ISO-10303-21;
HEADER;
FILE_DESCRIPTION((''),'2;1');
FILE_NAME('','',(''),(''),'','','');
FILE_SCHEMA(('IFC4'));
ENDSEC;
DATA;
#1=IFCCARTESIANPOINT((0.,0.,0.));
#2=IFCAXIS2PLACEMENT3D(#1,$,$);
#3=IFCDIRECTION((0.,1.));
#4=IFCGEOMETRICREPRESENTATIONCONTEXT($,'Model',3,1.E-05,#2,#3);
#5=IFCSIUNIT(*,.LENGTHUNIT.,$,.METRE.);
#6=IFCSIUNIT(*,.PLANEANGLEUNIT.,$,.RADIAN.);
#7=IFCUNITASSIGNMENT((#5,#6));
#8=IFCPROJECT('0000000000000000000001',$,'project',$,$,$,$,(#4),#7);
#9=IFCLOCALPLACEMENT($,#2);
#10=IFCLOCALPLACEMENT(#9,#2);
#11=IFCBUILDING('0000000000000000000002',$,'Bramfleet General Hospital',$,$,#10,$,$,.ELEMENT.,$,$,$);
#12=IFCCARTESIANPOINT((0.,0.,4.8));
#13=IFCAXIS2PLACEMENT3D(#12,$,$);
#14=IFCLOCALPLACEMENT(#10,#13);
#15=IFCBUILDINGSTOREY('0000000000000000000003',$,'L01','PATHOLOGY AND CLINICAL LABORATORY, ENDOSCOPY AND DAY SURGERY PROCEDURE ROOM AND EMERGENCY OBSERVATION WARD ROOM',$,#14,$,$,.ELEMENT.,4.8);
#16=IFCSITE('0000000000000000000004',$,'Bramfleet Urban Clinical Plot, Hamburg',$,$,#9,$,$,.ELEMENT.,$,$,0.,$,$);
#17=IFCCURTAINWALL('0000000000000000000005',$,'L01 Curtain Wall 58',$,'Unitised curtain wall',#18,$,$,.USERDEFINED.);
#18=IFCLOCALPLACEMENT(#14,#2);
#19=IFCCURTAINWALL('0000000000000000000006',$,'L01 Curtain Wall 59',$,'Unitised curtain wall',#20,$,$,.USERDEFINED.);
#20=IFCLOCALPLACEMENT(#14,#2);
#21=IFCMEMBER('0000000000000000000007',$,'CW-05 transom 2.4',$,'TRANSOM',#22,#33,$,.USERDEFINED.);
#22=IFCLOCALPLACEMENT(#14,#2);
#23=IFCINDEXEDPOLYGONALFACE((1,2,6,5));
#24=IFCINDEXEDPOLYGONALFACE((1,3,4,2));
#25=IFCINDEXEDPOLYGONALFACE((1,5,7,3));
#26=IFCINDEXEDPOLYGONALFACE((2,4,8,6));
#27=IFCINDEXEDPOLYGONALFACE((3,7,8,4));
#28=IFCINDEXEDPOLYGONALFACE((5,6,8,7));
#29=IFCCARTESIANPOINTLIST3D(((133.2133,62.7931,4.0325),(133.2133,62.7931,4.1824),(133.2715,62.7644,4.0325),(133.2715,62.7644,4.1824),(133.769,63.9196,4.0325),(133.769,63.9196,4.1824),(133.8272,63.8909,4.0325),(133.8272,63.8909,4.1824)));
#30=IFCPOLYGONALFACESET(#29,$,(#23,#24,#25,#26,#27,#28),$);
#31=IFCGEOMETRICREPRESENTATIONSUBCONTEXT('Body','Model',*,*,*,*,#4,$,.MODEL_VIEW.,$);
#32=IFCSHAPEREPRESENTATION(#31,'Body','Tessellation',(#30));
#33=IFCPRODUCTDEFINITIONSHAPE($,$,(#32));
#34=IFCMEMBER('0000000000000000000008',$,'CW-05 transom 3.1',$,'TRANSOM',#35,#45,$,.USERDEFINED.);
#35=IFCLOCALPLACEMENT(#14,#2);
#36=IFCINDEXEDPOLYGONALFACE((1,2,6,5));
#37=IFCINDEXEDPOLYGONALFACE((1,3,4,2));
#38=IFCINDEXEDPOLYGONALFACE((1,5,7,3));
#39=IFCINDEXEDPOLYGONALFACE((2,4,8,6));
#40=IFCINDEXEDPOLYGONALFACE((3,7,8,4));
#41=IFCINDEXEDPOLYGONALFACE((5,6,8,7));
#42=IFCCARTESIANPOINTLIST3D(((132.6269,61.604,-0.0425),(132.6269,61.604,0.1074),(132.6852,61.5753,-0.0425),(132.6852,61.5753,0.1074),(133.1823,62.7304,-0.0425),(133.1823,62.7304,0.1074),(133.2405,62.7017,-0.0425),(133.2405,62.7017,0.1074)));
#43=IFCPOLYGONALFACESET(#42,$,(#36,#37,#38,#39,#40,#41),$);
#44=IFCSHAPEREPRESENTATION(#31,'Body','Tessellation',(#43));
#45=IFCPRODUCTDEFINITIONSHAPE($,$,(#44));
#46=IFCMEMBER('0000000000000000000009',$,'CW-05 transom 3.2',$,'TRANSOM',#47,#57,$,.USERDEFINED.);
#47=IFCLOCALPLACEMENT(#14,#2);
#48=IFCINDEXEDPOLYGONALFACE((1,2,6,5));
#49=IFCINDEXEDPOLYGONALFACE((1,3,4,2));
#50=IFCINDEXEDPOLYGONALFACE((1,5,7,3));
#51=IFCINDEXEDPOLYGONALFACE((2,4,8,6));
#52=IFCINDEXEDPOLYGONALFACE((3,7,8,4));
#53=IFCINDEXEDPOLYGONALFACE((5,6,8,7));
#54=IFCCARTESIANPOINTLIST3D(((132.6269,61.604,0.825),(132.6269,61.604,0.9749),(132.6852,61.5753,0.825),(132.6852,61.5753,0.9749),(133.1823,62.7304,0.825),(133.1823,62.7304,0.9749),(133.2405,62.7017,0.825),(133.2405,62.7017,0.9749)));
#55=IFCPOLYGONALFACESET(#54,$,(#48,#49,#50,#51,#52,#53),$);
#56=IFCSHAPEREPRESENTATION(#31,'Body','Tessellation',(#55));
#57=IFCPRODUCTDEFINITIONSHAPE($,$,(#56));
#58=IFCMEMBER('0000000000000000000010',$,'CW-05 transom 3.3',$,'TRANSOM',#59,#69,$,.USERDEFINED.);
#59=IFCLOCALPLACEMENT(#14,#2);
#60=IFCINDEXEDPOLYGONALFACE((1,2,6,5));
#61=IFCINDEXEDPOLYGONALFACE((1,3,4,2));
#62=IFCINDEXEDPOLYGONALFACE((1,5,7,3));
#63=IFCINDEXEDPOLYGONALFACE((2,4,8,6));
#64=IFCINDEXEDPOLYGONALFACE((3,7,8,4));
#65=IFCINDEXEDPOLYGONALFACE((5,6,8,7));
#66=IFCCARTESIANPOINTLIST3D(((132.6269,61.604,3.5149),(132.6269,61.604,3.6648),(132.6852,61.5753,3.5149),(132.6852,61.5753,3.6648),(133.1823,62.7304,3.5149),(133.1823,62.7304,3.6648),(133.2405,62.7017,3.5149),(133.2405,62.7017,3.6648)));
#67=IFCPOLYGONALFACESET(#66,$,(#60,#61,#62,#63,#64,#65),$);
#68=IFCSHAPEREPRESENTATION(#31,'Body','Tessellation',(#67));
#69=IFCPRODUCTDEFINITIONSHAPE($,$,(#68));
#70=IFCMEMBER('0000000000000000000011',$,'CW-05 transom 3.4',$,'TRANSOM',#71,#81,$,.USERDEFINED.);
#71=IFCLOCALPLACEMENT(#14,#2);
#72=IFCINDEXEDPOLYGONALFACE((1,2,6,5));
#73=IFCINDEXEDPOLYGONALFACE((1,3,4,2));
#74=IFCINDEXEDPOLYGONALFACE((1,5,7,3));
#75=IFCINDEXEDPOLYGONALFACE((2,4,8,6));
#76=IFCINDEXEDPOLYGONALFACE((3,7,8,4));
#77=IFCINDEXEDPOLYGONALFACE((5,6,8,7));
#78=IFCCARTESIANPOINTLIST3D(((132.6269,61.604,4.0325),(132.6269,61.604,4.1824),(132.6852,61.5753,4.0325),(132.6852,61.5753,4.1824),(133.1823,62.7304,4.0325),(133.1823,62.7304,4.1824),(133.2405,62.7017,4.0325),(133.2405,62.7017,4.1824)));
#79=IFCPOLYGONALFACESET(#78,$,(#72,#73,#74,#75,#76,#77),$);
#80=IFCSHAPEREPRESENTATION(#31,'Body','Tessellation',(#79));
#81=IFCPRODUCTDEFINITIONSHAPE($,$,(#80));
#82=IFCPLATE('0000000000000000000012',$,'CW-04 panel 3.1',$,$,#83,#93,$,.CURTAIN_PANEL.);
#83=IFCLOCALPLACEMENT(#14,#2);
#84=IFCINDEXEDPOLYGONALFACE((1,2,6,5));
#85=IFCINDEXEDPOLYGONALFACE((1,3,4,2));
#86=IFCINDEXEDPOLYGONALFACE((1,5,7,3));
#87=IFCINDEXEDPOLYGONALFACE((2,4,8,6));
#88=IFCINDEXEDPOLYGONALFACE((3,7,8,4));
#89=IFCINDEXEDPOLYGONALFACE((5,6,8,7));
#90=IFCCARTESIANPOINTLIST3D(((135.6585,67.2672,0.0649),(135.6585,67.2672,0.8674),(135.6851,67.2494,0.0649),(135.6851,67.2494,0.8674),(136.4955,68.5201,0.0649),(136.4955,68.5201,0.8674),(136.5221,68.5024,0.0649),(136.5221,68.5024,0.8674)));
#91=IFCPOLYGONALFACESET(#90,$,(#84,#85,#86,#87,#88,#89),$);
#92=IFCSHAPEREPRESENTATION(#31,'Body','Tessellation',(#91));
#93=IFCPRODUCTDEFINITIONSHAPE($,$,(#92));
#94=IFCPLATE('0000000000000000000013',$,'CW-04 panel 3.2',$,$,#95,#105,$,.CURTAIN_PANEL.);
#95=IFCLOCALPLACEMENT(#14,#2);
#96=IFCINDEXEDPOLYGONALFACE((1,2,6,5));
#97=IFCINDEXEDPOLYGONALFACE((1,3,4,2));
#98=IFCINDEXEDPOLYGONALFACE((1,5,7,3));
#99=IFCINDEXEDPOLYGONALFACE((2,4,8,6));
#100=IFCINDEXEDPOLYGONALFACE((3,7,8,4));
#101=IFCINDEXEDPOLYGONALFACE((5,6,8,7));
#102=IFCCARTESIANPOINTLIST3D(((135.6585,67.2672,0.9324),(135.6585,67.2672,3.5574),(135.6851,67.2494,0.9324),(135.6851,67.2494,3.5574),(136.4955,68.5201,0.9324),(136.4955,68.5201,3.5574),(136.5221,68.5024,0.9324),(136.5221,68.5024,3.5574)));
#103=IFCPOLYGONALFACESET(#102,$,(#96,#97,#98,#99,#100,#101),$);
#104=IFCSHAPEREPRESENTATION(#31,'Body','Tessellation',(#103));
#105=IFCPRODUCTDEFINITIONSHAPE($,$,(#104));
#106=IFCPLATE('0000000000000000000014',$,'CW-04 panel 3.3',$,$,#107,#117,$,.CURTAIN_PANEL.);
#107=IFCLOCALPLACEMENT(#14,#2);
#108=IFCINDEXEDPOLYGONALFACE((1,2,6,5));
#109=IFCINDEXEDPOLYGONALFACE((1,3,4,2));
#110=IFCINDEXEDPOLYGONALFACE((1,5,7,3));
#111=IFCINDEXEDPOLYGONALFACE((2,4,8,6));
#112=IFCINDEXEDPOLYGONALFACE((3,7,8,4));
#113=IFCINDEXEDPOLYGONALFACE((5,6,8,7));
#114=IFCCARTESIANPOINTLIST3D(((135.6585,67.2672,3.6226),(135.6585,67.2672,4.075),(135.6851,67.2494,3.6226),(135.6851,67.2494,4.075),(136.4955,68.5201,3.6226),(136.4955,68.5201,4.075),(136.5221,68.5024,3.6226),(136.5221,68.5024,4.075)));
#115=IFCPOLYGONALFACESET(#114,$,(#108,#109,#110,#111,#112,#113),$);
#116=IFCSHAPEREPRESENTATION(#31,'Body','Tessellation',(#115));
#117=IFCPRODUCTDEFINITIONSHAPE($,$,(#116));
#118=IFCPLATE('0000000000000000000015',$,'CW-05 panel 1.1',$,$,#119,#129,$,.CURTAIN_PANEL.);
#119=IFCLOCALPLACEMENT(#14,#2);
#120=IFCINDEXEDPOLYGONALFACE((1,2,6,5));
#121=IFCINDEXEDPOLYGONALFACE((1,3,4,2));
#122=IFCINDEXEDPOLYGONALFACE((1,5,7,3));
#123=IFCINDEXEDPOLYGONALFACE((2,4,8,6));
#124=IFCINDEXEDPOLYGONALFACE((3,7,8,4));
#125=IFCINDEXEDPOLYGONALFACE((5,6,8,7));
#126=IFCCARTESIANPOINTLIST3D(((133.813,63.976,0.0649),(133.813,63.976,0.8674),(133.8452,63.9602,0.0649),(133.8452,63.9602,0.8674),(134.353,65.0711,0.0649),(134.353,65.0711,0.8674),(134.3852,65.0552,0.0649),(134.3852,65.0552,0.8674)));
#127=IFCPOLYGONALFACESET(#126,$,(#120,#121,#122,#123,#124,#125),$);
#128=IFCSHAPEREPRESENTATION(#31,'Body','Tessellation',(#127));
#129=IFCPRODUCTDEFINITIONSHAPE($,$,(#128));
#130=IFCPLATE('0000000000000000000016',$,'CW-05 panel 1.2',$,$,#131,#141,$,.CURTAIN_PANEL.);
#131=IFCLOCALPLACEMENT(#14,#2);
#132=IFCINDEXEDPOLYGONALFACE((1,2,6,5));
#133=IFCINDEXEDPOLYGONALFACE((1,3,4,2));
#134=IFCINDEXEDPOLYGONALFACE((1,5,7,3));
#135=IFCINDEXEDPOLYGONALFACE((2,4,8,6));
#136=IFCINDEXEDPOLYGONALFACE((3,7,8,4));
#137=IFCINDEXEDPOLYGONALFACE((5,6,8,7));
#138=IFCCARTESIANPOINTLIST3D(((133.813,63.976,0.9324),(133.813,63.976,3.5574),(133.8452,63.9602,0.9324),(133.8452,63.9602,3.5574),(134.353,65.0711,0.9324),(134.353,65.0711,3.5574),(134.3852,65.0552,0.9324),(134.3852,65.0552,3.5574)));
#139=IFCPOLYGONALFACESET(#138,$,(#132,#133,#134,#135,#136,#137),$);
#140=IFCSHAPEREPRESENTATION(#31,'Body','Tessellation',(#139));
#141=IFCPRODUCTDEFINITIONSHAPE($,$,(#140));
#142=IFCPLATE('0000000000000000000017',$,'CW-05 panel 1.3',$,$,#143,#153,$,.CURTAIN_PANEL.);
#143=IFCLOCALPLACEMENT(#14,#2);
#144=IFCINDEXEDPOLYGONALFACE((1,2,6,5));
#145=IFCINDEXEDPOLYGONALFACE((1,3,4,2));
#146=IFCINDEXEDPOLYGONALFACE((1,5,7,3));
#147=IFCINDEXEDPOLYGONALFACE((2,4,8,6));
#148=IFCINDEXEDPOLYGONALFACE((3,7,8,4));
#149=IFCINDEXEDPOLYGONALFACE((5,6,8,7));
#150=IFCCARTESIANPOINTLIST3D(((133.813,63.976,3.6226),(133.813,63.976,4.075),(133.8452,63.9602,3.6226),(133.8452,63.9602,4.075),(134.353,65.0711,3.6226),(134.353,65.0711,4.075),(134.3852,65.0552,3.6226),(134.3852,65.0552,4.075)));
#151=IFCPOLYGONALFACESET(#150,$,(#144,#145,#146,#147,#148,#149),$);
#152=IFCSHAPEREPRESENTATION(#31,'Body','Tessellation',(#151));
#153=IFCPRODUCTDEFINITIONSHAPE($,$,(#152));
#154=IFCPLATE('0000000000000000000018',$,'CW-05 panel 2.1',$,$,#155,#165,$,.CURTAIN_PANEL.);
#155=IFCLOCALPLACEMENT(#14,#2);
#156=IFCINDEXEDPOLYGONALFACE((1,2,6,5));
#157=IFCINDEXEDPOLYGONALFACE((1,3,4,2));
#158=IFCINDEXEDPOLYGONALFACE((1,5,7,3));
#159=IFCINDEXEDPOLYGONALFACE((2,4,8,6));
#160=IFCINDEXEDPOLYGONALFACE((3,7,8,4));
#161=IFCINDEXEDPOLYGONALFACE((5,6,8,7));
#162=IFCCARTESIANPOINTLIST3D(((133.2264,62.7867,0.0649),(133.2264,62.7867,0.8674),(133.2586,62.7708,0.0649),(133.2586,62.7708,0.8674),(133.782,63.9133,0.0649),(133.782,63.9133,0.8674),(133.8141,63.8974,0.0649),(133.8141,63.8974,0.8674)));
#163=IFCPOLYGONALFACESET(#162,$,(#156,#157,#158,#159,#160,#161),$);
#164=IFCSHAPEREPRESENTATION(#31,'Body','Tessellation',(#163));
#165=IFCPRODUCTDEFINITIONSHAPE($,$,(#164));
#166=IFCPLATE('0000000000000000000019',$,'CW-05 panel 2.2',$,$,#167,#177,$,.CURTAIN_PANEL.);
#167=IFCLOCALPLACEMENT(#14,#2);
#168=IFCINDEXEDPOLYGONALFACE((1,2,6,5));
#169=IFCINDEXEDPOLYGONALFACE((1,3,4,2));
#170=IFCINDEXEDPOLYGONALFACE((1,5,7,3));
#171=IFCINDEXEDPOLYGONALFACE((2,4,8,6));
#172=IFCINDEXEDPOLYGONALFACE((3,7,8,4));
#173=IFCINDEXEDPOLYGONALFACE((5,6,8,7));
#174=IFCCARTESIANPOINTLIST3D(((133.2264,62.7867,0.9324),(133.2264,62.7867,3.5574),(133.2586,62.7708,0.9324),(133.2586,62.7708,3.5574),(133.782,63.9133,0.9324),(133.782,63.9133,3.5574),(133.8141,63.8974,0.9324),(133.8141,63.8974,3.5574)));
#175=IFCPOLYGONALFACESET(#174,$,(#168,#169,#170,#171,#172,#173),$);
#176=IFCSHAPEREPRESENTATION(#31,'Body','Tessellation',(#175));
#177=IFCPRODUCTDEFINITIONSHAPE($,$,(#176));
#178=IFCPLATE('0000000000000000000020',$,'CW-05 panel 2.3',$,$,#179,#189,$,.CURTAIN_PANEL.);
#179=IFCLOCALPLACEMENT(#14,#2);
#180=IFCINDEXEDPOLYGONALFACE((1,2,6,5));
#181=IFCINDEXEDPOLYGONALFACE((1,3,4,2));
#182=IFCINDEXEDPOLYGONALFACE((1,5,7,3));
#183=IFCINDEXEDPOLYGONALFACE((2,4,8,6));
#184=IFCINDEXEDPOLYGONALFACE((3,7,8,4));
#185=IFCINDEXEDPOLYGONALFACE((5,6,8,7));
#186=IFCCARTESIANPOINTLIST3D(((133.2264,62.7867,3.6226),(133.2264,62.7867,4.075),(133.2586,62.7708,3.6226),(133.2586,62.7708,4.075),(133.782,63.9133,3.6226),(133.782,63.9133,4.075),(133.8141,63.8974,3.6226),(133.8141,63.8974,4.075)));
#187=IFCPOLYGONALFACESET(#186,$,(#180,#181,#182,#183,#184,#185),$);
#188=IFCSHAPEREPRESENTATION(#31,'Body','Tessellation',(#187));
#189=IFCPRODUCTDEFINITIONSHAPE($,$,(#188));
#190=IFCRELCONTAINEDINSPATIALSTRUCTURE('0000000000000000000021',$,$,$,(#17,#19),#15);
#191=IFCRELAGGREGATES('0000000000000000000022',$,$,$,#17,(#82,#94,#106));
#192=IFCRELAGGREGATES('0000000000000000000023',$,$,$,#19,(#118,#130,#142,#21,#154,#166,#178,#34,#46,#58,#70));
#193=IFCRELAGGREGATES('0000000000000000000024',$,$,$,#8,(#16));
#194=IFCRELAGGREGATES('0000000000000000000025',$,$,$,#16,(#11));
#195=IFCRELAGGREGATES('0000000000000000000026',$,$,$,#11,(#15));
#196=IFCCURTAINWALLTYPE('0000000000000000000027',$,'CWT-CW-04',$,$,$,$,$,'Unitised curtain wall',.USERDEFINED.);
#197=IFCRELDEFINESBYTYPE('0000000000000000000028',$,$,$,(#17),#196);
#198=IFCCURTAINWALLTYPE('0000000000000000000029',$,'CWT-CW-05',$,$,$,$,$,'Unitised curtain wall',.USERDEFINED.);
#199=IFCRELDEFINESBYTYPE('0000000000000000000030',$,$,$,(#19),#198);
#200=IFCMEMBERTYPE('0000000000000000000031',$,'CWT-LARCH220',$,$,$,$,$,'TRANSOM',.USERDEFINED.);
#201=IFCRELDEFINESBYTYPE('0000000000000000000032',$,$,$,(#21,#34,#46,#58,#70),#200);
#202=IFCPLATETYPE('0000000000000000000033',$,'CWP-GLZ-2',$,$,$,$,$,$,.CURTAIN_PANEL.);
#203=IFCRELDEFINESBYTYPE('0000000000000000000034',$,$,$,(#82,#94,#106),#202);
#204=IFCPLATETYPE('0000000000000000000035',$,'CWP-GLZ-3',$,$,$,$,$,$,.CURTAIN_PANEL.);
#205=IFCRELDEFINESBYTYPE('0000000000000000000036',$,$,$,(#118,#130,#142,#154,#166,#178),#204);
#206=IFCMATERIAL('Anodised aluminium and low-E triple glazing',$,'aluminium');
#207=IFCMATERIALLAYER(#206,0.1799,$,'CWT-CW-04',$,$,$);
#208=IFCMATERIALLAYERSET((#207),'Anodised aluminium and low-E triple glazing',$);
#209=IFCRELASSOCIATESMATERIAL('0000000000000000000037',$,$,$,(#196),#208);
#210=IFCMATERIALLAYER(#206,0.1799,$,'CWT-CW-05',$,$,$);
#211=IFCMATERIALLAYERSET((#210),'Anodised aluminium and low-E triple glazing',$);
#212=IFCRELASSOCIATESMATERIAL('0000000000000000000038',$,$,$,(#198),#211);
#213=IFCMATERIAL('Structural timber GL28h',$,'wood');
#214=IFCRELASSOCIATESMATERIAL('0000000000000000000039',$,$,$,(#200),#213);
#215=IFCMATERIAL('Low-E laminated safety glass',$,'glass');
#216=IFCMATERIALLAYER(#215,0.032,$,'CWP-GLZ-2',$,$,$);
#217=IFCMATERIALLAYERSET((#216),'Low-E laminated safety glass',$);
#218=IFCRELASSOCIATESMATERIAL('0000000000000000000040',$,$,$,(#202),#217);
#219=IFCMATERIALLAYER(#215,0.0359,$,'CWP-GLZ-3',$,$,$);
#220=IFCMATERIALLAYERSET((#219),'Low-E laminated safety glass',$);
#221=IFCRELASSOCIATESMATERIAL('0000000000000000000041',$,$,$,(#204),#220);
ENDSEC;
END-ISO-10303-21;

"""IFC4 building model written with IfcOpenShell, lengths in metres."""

from ifc_helpers import new_model, si_unit, direction, frame, origin, origin_2d, place, context, subcontext, project, spatial, rectangle, extrude, material, layer, layer_set, material_profile, profile_set, type_object, element, aggregate, save


model = new_model("IFC4")

# Units and contexts
model_context = context("Model", 3, precision=1e-05, world=origin(), true_north=direction((0.0, 1.0)))
body_context = subcontext(model_context, "Body", "Model", "MODEL_VIEW")
ifc_project = project(units=[si_unit("LENGTHUNIT", "METRE"), si_unit("PLANEANGLEUNIT", "RADIAN")], contexts=[model_context])

# Site, building, storey
site_placement = place(None, origin())
site = spatial("IfcSite", under=ifc_project, at=site_placement, Name="Bramfleet Urban Clinical Plot, Hamburg", CompositionType="ELEMENT", RefElevation=0.0)
building_placement = place(site_placement, origin())
building = spatial("IfcBuilding", under=site, at=building_placement, Name="Bramfleet General Hospital", CompositionType="ELEMENT")
storey_placement = place(building_placement, frame((0.0, 0.0, 4.8)))
storey = spatial("IfcBuildingStorey", under=building, at=storey_placement, Name="L01", Description="PATHOLOGY AND CLINICAL LABORATORY, ENDOSCOPY AND DAY SURGERY PROCEDURE ROOM AND EMERGENCY OBSERVATION WARD ROOM", CompositionType="ELEMENT", Elevation=4.8)

# Curtain wall
ifc_material_1 = material(Name="Anodised aluminium and low-E triple glazing", Category="aluminium")
ifc_layer_1 = layer(ifc_material_1, 0.1799, Name="CWT-CW-04")
ifc_layer_set_1 = layer_set([ifc_layer_1], Name="Anodised aluminium and low-E triple glazing")
curtain_wall_type_1 = type_object("IfcCurtainWallType", Name="CWT-CW-04", ElementType="Unitised curtain wall", PredefinedType="USERDEFINED", material=ifc_layer_set_1)
curtain_wall_1_placement = place(storey_placement, origin())
curtain_wall_1 = element("IfcCurtainWall", 1, at=curtain_wall_1_placement, inside=storey, type_object=curtain_wall_type_1, Name="L01 Curtain Wall 58", ObjectType="Unitised curtain wall", PredefinedType="USERDEFINED")
ifc_material_2 = material(Name="Structural timber GL28h", Category="wood")

# Curtain wall
ifc_layer_2 = layer(ifc_material_1, 0.1799, Name="CWT-CW-05")
ifc_layer_set_2 = layer_set([ifc_layer_2], Name="Anodised aluminium and low-E triple glazing")
curtain_wall_type_2 = type_object("IfcCurtainWallType", Name="CWT-CW-05", ElementType="Unitised curtain wall", PredefinedType="USERDEFINED", material=ifc_layer_set_2)
curtain_wall_2_placement = place(storey_placement, origin())
curtain_wall_2 = element("IfcCurtainWall", 2, at=curtain_wall_2_placement, inside=storey, type_object=curtain_wall_type_2, Name="L01 Curtain Wall 59", ObjectType="Unitised curtain wall", PredefinedType="USERDEFINED")

# Members
ifc_material_profile_1 = material_profile(ifc_material_2, rectangle(XDim=0.0649, YDim=0.1499, at=origin_2d()), Name="LARCH 150x65")
ifc_profile_set_1 = profile_set([ifc_material_profile_1], Name="Structural timber GL28h")
member_type_1 = type_object("IfcMemberType", Name="CWT-LARCH220", ElementType="TRANSOM", PredefinedType="USERDEFINED", material=ifc_profile_set_1)
member_1_placement = place(storey_placement, frame((133.7981, 63.9053, 4.1074), z_axis=(-0.442387, -0.896824, 0.0), x_axis=(0.896824, -0.442387, 0.0)))
member_1 = element("IfcMember", 3, at=member_1_placement, type_object=member_type_1, Name="CW-05 transom 2.4", ObjectType="TRANSOM", PredefinedType="USERDEFINED", context=body_context, shape_type="SweptSolid", body=[
    extrude(rectangle(XDim=0.0649, YDim=0.1499, at=origin_2d()), origin(), (0.0, 0.0, 1.0), 1.2561),
])
member_2_placement = place(storey_placement, frame((133.2114, 62.7161, 0.0325), z_axis=(-0.44223, -0.896902, 0.0), x_axis=(0.896902, -0.44223, 0.0)))
member_2 = element("IfcMember", 4, at=member_2_placement, type_object=member_type_1, Name="CW-05 transom 3.1", ObjectType="TRANSOM", PredefinedType="USERDEFINED", context=body_context, shape_type="SweptSolid", body=[
    extrude(rectangle(XDim=0.0649, YDim=0.1499, at=origin_2d()), origin(), (0.0, 0.0, 1.0), 1.2559),
])
member_3_placement = place(storey_placement, frame((133.2114, 62.7161, 0.8999), z_axis=(-0.44223, -0.896902, 0.0), x_axis=(0.896902, -0.44223, 0.0)))
member_3 = element("IfcMember", 5, at=member_3_placement, type_object=member_type_1, Name="CW-05 transom 3.2", ObjectType="TRANSOM", PredefinedType="USERDEFINED", context=body_context, shape_type="SweptSolid", body=[
    extrude(rectangle(XDim=0.0649, YDim=0.1499, at=origin_2d()), origin(), (0.0, 0.0, 1.0), 1.2559),
])
member_4_placement = place(storey_placement, frame((133.2114, 62.7161, 3.5898), z_axis=(-0.44223, -0.896902, 0.0), x_axis=(0.896902, -0.44223, 0.0)))
member_4 = element("IfcMember", 6, at=member_4_placement, type_object=member_type_1, Name="CW-05 transom 3.3", ObjectType="TRANSOM", PredefinedType="USERDEFINED", context=body_context, shape_type="SweptSolid", body=[
    extrude(rectangle(XDim=0.0649, YDim=0.1499, at=origin_2d()), origin(), (0.0, 0.0, 1.0), 1.2559),
])
member_5_placement = place(storey_placement, frame((133.2114, 62.7161, 4.1074), z_axis=(-0.44223, -0.896902, 0.0), x_axis=(0.896902, -0.44223, 0.0)))
member_5 = element("IfcMember", 7, at=member_5_placement, type_object=member_type_1, Name="CW-05 transom 3.4", ObjectType="TRANSOM", PredefinedType="USERDEFINED", context=body_context, shape_type="SweptSolid", body=[
    extrude(rectangle(XDim=0.0649, YDim=0.1499, at=origin_2d()), origin(), (0.0, 0.0, 1.0), 1.2559),
])

# Plates
ifc_material_3 = material(Name="Low-E laminated safety glass", Category="glass")
ifc_layer_3 = layer(ifc_material_3, 0.032, Name="CWP-GLZ-2")
ifc_layer_set_3 = layer_set([ifc_layer_3], Name="Low-E laminated safety glass")
plate_type_1 = type_object("IfcPlateType", Name="CWP-GLZ-2", PredefinedType="CURTAIN_PANEL", material=ifc_layer_set_3)
plate_1_placement = place(storey_placement, frame((136.0903, 67.8848, 0.0649), z_axis=(0.0, 0.0, 1.0), x_axis=(-0.555464, -0.831541, 0.0)))
plate_1 = element("IfcPlate", 8, at=plate_1_placement, type_object=plate_type_1, Name="CW-04 panel 3.1", PredefinedType="CURTAIN_PANEL", context=body_context, shape_type="SweptSolid", body=[
    extrude(rectangle(XDim=1.5068, YDim=0.032, at=origin_2d()), origin(), (0.0, 0.0, 1.0), 0.8025),
])
plate_2_placement = place(storey_placement, frame((136.0903, 67.8848, 0.9324), z_axis=(0.0, 0.0, 1.0), x_axis=(-0.555464, -0.831541, 0.0)))
plate_2 = element("IfcPlate", 9, at=plate_2_placement, type_object=plate_type_1, Name="CW-04 panel 3.2", PredefinedType="CURTAIN_PANEL", context=body_context, shape_type="SweptSolid", body=[
    extrude(rectangle(XDim=1.5068, YDim=0.032, at=origin_2d()), origin(), (0.0, 0.0, 1.0), 2.625),
])
plate_3_placement = place(storey_placement, frame((136.0903, 67.8848, 3.6226), z_axis=(0.0, 0.0, 1.0), x_axis=(-0.555464, -0.831541, 0.0)))
plate_3 = element("IfcPlate", 10, at=plate_3_placement, type_object=plate_type_1, Name="CW-04 panel 3.3", PredefinedType="CURTAIN_PANEL", context=body_context, shape_type="SweptSolid", body=[
    extrude(rectangle(XDim=1.5068, YDim=0.032, at=origin_2d()), origin(), (0.0, 0.0, 1.0), 0.4524),
])
aggregate(curtain_wall_1, [plate_1, plate_2, plate_3])
ifc_layer_4 = layer(ifc_material_3, 0.0359, Name="CWP-GLZ-3")
ifc_layer_set_4 = layer_set([ifc_layer_4], Name="Low-E laminated safety glass")
plate_type_2 = type_object("IfcPlateType", Name="CWP-GLZ-3", PredefinedType="CURTAIN_PANEL", material=ifc_layer_set_4)
plate_4_placement = place(storey_placement, frame((134.0991, 64.5156, 0.0649), z_axis=(0.0, 0.0, 1.0), x_axis=(-0.442305, -0.896865, 0.0)))
plate_4 = element("IfcPlate", 11, at=plate_4_placement, type_object=plate_type_2, Name="CW-05 panel 1.1", PredefinedType="CURTAIN_PANEL", context=body_context, shape_type="SweptSolid", body=[
    extrude(rectangle(XDim=1.2209, YDim=0.0359, at=origin_2d()), origin(), (0.0, 0.0, 1.0), 0.8025),
])
plate_5_placement = place(storey_placement, frame((134.0991, 64.5156, 0.9324), z_axis=(0.0, 0.0, 1.0), x_axis=(-0.442305, -0.896865, 0.0)))
plate_5 = element("IfcPlate", 12, at=plate_5_placement, type_object=plate_type_2, Name="CW-05 panel 1.2", PredefinedType="CURTAIN_PANEL", context=body_context, shape_type="SweptSolid", body=[
    extrude(rectangle(XDim=1.2209, YDim=0.0359, at=origin_2d()), origin(), (0.0, 0.0, 1.0), 2.625),
])
plate_6_placement = place(storey_placement, frame((134.0991, 64.5156, 3.6226), z_axis=(0.0, 0.0, 1.0), x_axis=(-0.442305, -0.896865, 0.0)))
plate_6 = element("IfcPlate", 13, at=plate_6_placement, type_object=plate_type_2, Name="CW-05 panel 1.3", PredefinedType="CURTAIN_PANEL", context=body_context, shape_type="SweptSolid", body=[
    extrude(rectangle(XDim=1.2209, YDim=0.0359, at=origin_2d()), origin(), (0.0, 0.0, 1.0), 0.4524),
])
plate_7_placement = place(storey_placement, frame((133.5203, 63.342, 0.0649), z_axis=(0.0, 0.0, 1.0), x_axis=(-0.442305, -0.896865, 0.0)))
plate_7 = element("IfcPlate", 14, at=plate_7_placement, type_object=plate_type_2, Name="CW-05 panel 2.1", PredefinedType="CURTAIN_PANEL", context=body_context, shape_type="SweptSolid", body=[
    extrude(rectangle(XDim=1.2561, YDim=0.0359, at=origin_2d()), origin(), (0.0, 0.0, 1.0), 0.8025),
])
plate_8_placement = place(storey_placement, frame((133.5203, 63.342, 0.9324), z_axis=(0.0, 0.0, 1.0), x_axis=(-0.442305, -0.896865, 0.0)))
plate_8 = element("IfcPlate", 15, at=plate_8_placement, type_object=plate_type_2, Name="CW-05 panel 2.2", PredefinedType="CURTAIN_PANEL", context=body_context, shape_type="SweptSolid", body=[
    extrude(rectangle(XDim=1.2561, YDim=0.0359, at=origin_2d()), origin(), (0.0, 0.0, 1.0), 2.625),
])
plate_9_placement = place(storey_placement, frame((133.5203, 63.342, 3.6226), z_axis=(0.0, 0.0, 1.0), x_axis=(-0.442305, -0.896865, 0.0)))
plate_9 = element("IfcPlate", 16, at=plate_9_placement, type_object=plate_type_2, Name="CW-05 panel 2.3", PredefinedType="CURTAIN_PANEL", context=body_context, shape_type="SweptSolid", body=[
    extrude(rectangle(XDim=1.2561, YDim=0.0359, at=origin_2d()), origin(), (0.0, 0.0, 1.0), 0.4524),
])
aggregate(curtain_wall_2, [plate_4, plate_5, plate_6, member_1, plate_7, plate_8, plate_9, member_2, member_3, member_4, member_5])

save(model, "model.ifc")
